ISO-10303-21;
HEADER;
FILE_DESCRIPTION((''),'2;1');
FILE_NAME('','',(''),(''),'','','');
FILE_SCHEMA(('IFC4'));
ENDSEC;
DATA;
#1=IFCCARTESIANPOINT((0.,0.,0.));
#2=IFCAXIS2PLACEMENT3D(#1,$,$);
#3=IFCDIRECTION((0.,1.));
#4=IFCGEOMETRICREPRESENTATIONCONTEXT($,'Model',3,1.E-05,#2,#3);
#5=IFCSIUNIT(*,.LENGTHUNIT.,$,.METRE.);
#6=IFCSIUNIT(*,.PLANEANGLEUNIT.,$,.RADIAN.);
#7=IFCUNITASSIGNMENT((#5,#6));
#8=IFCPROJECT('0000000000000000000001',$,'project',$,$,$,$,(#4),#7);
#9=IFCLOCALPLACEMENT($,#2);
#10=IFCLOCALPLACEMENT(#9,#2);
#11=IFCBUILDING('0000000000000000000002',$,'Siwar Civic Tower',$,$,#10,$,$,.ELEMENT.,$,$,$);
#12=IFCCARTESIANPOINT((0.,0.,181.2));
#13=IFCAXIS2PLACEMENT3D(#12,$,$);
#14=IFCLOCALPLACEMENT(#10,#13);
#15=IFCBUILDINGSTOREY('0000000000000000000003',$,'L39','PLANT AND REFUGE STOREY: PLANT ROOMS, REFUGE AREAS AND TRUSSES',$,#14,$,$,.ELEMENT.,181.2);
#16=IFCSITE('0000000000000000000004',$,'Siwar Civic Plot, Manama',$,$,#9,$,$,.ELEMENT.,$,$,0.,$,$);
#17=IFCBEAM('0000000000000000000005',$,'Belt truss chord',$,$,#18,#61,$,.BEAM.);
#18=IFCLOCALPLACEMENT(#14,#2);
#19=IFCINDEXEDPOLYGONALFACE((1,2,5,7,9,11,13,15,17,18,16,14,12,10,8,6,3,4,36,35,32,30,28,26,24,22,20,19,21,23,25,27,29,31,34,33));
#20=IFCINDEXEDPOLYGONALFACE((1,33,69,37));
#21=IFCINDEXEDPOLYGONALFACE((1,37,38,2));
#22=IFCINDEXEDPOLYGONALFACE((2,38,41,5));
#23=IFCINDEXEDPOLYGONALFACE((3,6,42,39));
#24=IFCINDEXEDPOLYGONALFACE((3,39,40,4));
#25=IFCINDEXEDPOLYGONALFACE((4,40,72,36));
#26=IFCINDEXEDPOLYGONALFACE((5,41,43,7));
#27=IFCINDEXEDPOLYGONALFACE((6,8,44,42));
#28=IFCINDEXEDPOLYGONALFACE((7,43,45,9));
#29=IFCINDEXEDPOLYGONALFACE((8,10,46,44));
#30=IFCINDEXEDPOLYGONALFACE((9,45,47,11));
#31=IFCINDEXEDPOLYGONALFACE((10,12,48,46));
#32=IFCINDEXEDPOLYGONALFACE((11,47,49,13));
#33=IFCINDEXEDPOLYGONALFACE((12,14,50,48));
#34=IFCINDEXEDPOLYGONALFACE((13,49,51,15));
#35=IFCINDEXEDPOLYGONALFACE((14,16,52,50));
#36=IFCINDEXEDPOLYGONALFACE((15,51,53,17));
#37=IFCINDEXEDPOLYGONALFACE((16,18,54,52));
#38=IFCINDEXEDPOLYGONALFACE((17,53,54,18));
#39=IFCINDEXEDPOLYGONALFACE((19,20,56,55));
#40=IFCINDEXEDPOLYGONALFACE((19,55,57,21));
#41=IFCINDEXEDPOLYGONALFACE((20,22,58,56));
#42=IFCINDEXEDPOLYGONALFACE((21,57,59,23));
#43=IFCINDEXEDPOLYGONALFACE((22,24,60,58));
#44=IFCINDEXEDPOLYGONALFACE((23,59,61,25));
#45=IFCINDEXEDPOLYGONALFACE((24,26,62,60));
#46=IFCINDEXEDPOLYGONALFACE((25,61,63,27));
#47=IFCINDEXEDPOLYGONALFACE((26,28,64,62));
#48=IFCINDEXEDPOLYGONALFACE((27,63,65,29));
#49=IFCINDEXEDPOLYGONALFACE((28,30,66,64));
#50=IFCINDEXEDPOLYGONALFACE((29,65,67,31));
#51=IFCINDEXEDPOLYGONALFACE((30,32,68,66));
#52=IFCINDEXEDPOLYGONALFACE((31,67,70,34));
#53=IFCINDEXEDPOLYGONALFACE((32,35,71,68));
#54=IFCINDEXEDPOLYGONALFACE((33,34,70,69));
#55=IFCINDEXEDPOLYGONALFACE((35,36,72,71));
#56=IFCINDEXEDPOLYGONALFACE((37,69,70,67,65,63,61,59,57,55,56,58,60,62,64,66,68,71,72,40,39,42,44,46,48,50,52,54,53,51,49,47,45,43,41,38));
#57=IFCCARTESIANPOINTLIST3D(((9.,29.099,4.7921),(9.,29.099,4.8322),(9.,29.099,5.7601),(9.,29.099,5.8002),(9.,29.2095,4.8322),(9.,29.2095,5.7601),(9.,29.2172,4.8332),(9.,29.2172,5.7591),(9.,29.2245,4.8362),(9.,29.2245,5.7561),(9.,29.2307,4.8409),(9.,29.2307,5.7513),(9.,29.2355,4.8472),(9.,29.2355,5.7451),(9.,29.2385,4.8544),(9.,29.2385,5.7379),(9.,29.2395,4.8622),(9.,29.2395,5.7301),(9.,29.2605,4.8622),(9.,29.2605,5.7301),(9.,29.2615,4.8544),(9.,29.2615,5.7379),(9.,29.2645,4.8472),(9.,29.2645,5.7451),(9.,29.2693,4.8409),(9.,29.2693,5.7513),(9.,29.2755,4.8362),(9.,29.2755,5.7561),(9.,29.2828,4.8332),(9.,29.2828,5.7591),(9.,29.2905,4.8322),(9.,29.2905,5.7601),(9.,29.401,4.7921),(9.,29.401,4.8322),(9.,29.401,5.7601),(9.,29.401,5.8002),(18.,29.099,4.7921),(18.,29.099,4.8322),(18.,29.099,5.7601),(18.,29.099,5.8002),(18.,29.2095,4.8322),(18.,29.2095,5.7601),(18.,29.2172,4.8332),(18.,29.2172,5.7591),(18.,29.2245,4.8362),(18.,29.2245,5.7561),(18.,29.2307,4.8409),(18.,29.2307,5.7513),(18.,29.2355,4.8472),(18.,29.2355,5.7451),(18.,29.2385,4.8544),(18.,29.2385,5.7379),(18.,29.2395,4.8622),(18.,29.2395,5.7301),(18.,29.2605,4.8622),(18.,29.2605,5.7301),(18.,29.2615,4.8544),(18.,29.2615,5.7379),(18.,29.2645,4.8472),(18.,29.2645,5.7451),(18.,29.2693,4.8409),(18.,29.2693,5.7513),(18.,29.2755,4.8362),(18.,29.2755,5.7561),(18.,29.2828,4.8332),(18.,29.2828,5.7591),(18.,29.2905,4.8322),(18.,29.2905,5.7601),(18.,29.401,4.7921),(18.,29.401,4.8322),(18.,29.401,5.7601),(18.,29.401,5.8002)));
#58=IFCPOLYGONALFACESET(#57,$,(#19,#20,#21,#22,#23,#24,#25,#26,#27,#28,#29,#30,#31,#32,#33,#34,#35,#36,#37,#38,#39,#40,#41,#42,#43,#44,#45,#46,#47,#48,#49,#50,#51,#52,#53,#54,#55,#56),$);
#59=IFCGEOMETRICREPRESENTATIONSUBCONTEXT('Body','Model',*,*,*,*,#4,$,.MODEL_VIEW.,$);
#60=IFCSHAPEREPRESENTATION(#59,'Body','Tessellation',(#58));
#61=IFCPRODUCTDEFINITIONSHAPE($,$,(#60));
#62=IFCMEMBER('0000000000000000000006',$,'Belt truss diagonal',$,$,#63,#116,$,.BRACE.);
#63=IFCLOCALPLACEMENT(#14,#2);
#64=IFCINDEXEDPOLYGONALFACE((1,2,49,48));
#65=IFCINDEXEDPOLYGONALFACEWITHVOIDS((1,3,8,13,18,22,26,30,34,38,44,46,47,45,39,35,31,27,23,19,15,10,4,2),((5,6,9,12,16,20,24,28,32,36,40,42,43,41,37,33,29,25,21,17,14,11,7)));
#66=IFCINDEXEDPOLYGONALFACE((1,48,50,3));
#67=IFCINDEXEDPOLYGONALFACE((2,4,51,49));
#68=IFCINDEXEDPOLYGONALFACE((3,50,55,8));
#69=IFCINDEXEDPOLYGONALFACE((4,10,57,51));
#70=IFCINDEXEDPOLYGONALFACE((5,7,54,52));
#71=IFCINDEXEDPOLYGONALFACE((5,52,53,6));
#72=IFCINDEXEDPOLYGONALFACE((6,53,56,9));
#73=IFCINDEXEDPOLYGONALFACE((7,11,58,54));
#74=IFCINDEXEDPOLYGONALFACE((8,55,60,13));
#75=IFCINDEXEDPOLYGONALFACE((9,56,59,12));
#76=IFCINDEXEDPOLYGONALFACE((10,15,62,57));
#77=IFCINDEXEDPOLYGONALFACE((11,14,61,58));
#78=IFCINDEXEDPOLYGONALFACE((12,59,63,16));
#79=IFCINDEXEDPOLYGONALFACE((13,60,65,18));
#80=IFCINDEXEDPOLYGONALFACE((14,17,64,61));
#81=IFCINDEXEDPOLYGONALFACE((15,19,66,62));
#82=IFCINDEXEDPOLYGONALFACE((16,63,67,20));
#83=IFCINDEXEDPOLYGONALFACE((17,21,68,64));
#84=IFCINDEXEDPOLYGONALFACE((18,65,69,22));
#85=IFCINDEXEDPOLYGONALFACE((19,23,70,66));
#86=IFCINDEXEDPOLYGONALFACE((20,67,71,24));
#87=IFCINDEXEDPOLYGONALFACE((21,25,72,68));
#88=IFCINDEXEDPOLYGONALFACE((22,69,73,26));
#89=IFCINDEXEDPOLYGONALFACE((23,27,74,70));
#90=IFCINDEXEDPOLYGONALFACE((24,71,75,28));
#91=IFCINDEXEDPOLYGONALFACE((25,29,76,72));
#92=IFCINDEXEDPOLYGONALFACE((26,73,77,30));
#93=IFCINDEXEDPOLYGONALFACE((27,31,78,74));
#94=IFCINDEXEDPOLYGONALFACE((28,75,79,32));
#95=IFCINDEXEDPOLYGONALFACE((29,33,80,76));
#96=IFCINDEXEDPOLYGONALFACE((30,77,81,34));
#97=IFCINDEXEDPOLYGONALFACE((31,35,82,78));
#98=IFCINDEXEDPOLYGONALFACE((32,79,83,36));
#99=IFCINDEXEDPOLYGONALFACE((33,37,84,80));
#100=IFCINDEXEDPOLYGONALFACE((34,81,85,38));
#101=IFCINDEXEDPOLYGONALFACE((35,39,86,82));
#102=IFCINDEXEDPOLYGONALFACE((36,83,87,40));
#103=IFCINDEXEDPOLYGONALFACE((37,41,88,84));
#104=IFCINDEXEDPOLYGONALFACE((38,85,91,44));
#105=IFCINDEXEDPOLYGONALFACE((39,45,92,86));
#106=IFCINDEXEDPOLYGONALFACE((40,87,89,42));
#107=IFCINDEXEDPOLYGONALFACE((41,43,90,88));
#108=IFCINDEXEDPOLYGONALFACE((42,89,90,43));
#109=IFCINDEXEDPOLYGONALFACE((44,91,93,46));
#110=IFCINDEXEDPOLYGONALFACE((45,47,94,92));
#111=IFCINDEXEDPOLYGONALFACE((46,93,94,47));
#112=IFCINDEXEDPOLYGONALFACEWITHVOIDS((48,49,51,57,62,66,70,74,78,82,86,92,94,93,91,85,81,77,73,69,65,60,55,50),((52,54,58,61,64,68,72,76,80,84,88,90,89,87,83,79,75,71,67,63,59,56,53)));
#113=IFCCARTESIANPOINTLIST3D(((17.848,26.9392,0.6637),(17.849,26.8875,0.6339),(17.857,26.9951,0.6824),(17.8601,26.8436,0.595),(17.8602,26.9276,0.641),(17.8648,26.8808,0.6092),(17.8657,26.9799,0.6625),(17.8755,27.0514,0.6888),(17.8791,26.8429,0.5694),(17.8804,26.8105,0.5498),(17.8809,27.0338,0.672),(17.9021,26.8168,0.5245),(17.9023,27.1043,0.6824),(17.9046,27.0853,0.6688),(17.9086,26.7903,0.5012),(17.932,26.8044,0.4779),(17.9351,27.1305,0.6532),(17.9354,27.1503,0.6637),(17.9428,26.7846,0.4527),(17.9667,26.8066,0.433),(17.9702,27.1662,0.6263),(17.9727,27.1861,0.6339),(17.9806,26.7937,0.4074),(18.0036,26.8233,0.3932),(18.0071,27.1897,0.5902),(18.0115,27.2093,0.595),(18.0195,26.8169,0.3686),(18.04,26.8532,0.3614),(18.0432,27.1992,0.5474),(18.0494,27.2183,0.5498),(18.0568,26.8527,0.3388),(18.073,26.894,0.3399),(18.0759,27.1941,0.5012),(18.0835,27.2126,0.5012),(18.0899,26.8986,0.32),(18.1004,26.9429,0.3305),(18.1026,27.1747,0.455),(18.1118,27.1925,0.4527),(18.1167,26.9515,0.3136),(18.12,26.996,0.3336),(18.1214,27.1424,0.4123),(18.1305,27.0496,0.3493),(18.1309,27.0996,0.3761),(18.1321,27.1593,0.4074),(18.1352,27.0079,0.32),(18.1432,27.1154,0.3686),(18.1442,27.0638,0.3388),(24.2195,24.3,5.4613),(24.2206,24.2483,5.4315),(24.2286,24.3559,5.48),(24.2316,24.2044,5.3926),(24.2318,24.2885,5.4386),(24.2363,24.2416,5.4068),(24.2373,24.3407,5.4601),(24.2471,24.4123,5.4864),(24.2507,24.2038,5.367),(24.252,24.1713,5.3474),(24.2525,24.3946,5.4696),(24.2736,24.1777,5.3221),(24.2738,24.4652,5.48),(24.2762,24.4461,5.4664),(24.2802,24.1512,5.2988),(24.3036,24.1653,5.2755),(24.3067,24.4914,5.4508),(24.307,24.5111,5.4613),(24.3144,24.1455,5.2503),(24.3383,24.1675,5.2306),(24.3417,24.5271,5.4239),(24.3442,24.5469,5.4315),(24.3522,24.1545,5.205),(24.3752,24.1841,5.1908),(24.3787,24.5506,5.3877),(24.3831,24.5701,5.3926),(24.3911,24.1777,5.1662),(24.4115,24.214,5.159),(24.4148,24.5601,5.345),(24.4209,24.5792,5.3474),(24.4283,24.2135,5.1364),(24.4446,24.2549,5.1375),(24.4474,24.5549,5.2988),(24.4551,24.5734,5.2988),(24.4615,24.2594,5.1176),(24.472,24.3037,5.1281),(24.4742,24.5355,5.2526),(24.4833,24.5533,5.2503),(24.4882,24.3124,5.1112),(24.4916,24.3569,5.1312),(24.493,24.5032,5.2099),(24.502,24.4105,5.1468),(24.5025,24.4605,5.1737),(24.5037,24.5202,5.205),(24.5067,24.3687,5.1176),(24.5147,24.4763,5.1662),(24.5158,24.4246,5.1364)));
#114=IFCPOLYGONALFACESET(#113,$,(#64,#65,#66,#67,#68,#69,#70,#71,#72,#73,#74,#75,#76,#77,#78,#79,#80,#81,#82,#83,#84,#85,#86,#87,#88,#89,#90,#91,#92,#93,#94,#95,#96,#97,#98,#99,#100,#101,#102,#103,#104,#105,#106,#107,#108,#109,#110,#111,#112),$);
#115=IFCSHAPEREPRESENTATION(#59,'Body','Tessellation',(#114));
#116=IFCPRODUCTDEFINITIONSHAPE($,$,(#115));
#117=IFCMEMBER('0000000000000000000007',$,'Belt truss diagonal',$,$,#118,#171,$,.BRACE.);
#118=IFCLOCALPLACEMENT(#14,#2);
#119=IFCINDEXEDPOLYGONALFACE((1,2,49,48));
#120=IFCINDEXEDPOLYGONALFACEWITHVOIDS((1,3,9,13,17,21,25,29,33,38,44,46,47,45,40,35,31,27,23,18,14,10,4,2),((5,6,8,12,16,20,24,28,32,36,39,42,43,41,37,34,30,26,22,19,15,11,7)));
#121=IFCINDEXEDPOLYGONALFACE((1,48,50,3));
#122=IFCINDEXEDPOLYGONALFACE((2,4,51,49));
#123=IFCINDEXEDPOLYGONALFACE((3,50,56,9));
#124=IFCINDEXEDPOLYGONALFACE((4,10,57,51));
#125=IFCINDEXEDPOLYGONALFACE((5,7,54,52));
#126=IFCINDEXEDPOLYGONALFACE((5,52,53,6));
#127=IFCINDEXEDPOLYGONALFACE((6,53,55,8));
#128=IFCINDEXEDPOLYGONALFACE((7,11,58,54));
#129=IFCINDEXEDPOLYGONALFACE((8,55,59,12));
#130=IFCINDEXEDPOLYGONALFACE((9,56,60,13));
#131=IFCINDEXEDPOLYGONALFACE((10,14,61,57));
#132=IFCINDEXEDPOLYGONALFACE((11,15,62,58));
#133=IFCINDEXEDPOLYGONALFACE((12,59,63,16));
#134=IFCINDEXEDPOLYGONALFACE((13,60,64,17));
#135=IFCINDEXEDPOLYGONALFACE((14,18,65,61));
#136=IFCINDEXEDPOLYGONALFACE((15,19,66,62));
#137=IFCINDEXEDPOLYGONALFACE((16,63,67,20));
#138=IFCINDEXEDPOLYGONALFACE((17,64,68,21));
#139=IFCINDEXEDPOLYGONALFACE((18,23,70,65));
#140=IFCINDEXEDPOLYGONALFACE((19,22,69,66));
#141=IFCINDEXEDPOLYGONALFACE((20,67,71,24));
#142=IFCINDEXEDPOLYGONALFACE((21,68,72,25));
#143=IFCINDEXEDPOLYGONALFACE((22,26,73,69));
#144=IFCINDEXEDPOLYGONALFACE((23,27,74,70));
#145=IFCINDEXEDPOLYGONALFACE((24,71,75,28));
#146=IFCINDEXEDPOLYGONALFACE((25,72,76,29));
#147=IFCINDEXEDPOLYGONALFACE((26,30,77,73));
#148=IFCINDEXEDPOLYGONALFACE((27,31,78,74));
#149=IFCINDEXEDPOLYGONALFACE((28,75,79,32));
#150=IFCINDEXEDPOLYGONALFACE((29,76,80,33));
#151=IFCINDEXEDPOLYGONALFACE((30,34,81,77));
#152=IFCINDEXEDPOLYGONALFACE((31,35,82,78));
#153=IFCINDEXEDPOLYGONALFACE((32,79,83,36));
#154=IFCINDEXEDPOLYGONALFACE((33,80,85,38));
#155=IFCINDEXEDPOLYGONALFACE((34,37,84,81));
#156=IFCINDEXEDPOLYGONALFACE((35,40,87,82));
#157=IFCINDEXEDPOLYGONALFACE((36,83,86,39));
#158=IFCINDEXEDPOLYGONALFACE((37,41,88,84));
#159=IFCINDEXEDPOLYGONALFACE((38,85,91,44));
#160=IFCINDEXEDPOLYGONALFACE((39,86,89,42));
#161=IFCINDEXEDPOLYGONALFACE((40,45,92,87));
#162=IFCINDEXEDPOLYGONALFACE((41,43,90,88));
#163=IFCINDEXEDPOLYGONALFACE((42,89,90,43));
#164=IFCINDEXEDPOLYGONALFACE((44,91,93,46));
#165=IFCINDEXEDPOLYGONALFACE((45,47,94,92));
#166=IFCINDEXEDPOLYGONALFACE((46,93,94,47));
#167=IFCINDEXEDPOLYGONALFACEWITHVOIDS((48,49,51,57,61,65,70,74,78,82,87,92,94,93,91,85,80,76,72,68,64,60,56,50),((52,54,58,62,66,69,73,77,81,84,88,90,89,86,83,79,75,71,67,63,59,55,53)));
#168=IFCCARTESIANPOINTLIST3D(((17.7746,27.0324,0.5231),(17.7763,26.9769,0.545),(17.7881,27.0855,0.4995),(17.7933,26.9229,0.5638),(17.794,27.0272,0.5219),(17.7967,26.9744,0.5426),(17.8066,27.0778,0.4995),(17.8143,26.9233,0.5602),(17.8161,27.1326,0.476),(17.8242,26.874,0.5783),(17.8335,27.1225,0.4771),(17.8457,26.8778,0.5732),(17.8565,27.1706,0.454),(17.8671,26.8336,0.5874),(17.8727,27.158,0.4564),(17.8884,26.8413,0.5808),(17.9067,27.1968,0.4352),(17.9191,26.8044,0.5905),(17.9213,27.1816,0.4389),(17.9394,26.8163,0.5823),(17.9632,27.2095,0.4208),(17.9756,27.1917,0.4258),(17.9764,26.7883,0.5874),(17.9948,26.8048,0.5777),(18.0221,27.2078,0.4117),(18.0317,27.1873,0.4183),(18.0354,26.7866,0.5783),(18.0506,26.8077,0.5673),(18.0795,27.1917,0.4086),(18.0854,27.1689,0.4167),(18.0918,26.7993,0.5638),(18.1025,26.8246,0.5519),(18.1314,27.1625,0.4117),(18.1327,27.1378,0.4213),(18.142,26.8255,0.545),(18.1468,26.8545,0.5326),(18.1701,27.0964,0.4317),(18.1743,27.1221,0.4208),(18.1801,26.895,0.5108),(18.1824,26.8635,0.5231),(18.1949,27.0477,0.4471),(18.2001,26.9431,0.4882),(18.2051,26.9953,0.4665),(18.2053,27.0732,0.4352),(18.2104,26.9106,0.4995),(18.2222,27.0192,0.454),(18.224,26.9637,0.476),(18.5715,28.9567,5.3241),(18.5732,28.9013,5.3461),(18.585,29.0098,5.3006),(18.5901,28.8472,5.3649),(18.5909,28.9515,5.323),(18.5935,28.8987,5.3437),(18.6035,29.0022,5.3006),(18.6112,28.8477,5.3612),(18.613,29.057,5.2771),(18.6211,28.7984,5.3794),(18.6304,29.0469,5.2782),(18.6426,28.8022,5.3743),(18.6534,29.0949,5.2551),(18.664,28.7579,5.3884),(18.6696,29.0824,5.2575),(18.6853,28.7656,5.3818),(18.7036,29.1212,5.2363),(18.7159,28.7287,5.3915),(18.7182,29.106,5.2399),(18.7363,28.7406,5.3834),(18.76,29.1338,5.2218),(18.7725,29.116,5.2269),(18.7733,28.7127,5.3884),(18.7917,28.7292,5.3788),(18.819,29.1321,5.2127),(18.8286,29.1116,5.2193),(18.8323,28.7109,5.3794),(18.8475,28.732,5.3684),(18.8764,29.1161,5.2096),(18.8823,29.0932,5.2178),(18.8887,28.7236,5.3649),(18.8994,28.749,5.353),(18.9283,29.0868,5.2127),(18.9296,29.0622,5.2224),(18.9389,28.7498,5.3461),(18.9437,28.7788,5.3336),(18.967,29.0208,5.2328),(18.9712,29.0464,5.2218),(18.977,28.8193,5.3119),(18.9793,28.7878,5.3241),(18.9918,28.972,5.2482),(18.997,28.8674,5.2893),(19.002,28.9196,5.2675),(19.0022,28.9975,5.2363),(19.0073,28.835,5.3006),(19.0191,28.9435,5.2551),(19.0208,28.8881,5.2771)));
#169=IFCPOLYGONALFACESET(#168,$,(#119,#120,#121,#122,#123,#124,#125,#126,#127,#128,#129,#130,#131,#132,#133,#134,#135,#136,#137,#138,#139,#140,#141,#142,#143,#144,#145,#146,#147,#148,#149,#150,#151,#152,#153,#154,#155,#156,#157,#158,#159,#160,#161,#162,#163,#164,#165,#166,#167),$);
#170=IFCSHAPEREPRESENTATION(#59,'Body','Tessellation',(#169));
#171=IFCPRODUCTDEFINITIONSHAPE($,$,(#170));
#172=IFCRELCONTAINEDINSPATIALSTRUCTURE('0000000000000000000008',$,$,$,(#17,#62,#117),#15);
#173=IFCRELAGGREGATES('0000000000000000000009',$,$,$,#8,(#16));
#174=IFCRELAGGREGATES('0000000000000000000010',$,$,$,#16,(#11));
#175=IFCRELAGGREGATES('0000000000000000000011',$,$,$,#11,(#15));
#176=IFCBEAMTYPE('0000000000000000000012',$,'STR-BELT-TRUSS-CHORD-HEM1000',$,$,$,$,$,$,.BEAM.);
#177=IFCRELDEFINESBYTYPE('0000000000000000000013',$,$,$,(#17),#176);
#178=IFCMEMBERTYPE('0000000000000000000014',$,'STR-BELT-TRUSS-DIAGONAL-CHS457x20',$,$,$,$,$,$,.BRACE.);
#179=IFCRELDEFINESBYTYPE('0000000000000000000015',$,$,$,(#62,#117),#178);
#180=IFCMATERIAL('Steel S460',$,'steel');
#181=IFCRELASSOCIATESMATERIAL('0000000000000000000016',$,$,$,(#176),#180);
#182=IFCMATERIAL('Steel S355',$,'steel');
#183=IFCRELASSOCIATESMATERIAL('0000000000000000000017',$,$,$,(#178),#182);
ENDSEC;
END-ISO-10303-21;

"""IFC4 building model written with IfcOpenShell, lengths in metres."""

from ifc_helpers import new_model, si_unit, direction, frame, origin, origin_2d, place, context, subcontext, project, spatial, hollow_circle, i_section, extrude, material, material_profile, profile_set, type_object, element, save


model = new_model("IFC4")

# Units and contexts
model_context = context("Model", 3, precision=1e-05, world=origin(), true_north=direction((0.0, 1.0)))
body_context = subcontext(model_context, "Body", "Model", "MODEL_VIEW")
ifc_project = project(units=[si_unit("LENGTHUNIT", "METRE"), si_unit("PLANEANGLEUNIT", "RADIAN")], contexts=[model_context])

# Site, building, storey
site_placement = place(None, origin())
site = spatial("IfcSite", under=ifc_project, at=site_placement, Name="Siwar Civic Plot, Manama", CompositionType="ELEMENT", RefElevation=0.0)
building_placement = place(site_placement, origin())
building = spatial("IfcBuilding", under=site, at=building_placement, Name="Siwar Civic Tower", CompositionType="ELEMENT")
storey_placement = place(building_placement, frame((0.0, 0.0, 181.2)))
storey = spatial("IfcBuildingStorey", under=building, at=storey_placement, Name="L39", Description="PLANT AND REFUGE STOREY: PLANT ROOMS, REFUGE AREAS AND TRUSSES", CompositionType="ELEMENT", Elevation=181.2)

# Beam
ifc_material_1 = material(Name="Steel S460", Category="steel")
ifc_material_profile_1 = material_profile(ifc_material_1, i_section(OverallWidth=0.302, OverallDepth=1.0081, WebThickness=0.021, FlangeThickness=0.04, FilletRadius=0.03, at=origin_2d()), Name="HEM1000")
ifc_profile_set_1 = profile_set([ifc_material_profile_1], Name="Steel S460")
beam_type_1 = type_object("IfcBeamType", Name="STR-BELT-TRUSS-CHORD-HEM1000", PredefinedType="BEAM", material=ifc_profile_set_1)
for number, where, z_axis, x_axis, name in (
    (1, (18.0, 29.25, 5.2961), (-1.0, 0.0, 0.0), (0.0, -1.0, 0.0), "Belt truss chord"),
):
    element("IfcBeam", number, at=place(storey_placement, frame(where, z_axis=z_axis, x_axis=x_axis)), inside=storey, type_object=beam_type_1, Name=name, PredefinedType="BEAM", context=body_context, shape_type="SweptSolid", body=[
        extrude(i_section(OverallWidth=0.302, OverallDepth=1.0081, WebThickness=0.021, FlangeThickness=0.04, FilletRadius=0.03, at=origin_2d()), origin(), (0.0, 0.0, 1.0), 9.0),
    ])

# Members
ifc_material_2 = material(Name="Steel S355", Category="steel")
ifc_material_profile_2 = material_profile(ifc_material_2, hollow_circle(Radius=0.2285, WallThickness=0.02, at=origin_2d()), Name="CHS457x20")
ifc_profile_set_2 = profile_set([ifc_material_profile_2], Name="Steel S355")
member_type_1 = type_object("IfcMemberType", Name="STR-BELT-TRUSS-DIAGONAL-CHS457x20", PredefinedType="BRACE", material=ifc_profile_set_2)
member_1_placement = place(storey_placement, frame((17.9961, 27.0015, 0.5012), z_axis=(0.758418, -0.314143, 0.571066), x_axis=(0.382679, 0.923881, 0.0)))
element("IfcMember", 2, at=member_1_placement, inside=storey, type_object=member_type_1, Name="Belt truss diagonal", PredefinedType="BRACE", context=body_context, shape_type="SweptSolid", body=[
    extrude(hollow_circle(Radius=0.2285, WallThickness=0.02, at=origin_2d()), origin(), (0.0, 0.0, 1.0), 8.4011),
])
member_2_placement = place(storey_placement, frame((17.9993, 26.998, 0.4995), z_axis=(0.152269, 0.367703, 0.917392), x_axis=(-0.923914, 0.3826, 0.0)))
element("IfcMember", 3, at=member_2_placement, inside=storey, type_object=member_type_1, Name="Belt truss diagonal", PredefinedType="BRACE", context=body_context, shape_type="SweptSolid", body=[
    extrude(hollow_circle(Radius=0.2285, WallThickness=0.02, at=origin_2d()), origin(), (0.0, 0.0, 1.0), 5.2334),
])

save(model, "model.ifc")
